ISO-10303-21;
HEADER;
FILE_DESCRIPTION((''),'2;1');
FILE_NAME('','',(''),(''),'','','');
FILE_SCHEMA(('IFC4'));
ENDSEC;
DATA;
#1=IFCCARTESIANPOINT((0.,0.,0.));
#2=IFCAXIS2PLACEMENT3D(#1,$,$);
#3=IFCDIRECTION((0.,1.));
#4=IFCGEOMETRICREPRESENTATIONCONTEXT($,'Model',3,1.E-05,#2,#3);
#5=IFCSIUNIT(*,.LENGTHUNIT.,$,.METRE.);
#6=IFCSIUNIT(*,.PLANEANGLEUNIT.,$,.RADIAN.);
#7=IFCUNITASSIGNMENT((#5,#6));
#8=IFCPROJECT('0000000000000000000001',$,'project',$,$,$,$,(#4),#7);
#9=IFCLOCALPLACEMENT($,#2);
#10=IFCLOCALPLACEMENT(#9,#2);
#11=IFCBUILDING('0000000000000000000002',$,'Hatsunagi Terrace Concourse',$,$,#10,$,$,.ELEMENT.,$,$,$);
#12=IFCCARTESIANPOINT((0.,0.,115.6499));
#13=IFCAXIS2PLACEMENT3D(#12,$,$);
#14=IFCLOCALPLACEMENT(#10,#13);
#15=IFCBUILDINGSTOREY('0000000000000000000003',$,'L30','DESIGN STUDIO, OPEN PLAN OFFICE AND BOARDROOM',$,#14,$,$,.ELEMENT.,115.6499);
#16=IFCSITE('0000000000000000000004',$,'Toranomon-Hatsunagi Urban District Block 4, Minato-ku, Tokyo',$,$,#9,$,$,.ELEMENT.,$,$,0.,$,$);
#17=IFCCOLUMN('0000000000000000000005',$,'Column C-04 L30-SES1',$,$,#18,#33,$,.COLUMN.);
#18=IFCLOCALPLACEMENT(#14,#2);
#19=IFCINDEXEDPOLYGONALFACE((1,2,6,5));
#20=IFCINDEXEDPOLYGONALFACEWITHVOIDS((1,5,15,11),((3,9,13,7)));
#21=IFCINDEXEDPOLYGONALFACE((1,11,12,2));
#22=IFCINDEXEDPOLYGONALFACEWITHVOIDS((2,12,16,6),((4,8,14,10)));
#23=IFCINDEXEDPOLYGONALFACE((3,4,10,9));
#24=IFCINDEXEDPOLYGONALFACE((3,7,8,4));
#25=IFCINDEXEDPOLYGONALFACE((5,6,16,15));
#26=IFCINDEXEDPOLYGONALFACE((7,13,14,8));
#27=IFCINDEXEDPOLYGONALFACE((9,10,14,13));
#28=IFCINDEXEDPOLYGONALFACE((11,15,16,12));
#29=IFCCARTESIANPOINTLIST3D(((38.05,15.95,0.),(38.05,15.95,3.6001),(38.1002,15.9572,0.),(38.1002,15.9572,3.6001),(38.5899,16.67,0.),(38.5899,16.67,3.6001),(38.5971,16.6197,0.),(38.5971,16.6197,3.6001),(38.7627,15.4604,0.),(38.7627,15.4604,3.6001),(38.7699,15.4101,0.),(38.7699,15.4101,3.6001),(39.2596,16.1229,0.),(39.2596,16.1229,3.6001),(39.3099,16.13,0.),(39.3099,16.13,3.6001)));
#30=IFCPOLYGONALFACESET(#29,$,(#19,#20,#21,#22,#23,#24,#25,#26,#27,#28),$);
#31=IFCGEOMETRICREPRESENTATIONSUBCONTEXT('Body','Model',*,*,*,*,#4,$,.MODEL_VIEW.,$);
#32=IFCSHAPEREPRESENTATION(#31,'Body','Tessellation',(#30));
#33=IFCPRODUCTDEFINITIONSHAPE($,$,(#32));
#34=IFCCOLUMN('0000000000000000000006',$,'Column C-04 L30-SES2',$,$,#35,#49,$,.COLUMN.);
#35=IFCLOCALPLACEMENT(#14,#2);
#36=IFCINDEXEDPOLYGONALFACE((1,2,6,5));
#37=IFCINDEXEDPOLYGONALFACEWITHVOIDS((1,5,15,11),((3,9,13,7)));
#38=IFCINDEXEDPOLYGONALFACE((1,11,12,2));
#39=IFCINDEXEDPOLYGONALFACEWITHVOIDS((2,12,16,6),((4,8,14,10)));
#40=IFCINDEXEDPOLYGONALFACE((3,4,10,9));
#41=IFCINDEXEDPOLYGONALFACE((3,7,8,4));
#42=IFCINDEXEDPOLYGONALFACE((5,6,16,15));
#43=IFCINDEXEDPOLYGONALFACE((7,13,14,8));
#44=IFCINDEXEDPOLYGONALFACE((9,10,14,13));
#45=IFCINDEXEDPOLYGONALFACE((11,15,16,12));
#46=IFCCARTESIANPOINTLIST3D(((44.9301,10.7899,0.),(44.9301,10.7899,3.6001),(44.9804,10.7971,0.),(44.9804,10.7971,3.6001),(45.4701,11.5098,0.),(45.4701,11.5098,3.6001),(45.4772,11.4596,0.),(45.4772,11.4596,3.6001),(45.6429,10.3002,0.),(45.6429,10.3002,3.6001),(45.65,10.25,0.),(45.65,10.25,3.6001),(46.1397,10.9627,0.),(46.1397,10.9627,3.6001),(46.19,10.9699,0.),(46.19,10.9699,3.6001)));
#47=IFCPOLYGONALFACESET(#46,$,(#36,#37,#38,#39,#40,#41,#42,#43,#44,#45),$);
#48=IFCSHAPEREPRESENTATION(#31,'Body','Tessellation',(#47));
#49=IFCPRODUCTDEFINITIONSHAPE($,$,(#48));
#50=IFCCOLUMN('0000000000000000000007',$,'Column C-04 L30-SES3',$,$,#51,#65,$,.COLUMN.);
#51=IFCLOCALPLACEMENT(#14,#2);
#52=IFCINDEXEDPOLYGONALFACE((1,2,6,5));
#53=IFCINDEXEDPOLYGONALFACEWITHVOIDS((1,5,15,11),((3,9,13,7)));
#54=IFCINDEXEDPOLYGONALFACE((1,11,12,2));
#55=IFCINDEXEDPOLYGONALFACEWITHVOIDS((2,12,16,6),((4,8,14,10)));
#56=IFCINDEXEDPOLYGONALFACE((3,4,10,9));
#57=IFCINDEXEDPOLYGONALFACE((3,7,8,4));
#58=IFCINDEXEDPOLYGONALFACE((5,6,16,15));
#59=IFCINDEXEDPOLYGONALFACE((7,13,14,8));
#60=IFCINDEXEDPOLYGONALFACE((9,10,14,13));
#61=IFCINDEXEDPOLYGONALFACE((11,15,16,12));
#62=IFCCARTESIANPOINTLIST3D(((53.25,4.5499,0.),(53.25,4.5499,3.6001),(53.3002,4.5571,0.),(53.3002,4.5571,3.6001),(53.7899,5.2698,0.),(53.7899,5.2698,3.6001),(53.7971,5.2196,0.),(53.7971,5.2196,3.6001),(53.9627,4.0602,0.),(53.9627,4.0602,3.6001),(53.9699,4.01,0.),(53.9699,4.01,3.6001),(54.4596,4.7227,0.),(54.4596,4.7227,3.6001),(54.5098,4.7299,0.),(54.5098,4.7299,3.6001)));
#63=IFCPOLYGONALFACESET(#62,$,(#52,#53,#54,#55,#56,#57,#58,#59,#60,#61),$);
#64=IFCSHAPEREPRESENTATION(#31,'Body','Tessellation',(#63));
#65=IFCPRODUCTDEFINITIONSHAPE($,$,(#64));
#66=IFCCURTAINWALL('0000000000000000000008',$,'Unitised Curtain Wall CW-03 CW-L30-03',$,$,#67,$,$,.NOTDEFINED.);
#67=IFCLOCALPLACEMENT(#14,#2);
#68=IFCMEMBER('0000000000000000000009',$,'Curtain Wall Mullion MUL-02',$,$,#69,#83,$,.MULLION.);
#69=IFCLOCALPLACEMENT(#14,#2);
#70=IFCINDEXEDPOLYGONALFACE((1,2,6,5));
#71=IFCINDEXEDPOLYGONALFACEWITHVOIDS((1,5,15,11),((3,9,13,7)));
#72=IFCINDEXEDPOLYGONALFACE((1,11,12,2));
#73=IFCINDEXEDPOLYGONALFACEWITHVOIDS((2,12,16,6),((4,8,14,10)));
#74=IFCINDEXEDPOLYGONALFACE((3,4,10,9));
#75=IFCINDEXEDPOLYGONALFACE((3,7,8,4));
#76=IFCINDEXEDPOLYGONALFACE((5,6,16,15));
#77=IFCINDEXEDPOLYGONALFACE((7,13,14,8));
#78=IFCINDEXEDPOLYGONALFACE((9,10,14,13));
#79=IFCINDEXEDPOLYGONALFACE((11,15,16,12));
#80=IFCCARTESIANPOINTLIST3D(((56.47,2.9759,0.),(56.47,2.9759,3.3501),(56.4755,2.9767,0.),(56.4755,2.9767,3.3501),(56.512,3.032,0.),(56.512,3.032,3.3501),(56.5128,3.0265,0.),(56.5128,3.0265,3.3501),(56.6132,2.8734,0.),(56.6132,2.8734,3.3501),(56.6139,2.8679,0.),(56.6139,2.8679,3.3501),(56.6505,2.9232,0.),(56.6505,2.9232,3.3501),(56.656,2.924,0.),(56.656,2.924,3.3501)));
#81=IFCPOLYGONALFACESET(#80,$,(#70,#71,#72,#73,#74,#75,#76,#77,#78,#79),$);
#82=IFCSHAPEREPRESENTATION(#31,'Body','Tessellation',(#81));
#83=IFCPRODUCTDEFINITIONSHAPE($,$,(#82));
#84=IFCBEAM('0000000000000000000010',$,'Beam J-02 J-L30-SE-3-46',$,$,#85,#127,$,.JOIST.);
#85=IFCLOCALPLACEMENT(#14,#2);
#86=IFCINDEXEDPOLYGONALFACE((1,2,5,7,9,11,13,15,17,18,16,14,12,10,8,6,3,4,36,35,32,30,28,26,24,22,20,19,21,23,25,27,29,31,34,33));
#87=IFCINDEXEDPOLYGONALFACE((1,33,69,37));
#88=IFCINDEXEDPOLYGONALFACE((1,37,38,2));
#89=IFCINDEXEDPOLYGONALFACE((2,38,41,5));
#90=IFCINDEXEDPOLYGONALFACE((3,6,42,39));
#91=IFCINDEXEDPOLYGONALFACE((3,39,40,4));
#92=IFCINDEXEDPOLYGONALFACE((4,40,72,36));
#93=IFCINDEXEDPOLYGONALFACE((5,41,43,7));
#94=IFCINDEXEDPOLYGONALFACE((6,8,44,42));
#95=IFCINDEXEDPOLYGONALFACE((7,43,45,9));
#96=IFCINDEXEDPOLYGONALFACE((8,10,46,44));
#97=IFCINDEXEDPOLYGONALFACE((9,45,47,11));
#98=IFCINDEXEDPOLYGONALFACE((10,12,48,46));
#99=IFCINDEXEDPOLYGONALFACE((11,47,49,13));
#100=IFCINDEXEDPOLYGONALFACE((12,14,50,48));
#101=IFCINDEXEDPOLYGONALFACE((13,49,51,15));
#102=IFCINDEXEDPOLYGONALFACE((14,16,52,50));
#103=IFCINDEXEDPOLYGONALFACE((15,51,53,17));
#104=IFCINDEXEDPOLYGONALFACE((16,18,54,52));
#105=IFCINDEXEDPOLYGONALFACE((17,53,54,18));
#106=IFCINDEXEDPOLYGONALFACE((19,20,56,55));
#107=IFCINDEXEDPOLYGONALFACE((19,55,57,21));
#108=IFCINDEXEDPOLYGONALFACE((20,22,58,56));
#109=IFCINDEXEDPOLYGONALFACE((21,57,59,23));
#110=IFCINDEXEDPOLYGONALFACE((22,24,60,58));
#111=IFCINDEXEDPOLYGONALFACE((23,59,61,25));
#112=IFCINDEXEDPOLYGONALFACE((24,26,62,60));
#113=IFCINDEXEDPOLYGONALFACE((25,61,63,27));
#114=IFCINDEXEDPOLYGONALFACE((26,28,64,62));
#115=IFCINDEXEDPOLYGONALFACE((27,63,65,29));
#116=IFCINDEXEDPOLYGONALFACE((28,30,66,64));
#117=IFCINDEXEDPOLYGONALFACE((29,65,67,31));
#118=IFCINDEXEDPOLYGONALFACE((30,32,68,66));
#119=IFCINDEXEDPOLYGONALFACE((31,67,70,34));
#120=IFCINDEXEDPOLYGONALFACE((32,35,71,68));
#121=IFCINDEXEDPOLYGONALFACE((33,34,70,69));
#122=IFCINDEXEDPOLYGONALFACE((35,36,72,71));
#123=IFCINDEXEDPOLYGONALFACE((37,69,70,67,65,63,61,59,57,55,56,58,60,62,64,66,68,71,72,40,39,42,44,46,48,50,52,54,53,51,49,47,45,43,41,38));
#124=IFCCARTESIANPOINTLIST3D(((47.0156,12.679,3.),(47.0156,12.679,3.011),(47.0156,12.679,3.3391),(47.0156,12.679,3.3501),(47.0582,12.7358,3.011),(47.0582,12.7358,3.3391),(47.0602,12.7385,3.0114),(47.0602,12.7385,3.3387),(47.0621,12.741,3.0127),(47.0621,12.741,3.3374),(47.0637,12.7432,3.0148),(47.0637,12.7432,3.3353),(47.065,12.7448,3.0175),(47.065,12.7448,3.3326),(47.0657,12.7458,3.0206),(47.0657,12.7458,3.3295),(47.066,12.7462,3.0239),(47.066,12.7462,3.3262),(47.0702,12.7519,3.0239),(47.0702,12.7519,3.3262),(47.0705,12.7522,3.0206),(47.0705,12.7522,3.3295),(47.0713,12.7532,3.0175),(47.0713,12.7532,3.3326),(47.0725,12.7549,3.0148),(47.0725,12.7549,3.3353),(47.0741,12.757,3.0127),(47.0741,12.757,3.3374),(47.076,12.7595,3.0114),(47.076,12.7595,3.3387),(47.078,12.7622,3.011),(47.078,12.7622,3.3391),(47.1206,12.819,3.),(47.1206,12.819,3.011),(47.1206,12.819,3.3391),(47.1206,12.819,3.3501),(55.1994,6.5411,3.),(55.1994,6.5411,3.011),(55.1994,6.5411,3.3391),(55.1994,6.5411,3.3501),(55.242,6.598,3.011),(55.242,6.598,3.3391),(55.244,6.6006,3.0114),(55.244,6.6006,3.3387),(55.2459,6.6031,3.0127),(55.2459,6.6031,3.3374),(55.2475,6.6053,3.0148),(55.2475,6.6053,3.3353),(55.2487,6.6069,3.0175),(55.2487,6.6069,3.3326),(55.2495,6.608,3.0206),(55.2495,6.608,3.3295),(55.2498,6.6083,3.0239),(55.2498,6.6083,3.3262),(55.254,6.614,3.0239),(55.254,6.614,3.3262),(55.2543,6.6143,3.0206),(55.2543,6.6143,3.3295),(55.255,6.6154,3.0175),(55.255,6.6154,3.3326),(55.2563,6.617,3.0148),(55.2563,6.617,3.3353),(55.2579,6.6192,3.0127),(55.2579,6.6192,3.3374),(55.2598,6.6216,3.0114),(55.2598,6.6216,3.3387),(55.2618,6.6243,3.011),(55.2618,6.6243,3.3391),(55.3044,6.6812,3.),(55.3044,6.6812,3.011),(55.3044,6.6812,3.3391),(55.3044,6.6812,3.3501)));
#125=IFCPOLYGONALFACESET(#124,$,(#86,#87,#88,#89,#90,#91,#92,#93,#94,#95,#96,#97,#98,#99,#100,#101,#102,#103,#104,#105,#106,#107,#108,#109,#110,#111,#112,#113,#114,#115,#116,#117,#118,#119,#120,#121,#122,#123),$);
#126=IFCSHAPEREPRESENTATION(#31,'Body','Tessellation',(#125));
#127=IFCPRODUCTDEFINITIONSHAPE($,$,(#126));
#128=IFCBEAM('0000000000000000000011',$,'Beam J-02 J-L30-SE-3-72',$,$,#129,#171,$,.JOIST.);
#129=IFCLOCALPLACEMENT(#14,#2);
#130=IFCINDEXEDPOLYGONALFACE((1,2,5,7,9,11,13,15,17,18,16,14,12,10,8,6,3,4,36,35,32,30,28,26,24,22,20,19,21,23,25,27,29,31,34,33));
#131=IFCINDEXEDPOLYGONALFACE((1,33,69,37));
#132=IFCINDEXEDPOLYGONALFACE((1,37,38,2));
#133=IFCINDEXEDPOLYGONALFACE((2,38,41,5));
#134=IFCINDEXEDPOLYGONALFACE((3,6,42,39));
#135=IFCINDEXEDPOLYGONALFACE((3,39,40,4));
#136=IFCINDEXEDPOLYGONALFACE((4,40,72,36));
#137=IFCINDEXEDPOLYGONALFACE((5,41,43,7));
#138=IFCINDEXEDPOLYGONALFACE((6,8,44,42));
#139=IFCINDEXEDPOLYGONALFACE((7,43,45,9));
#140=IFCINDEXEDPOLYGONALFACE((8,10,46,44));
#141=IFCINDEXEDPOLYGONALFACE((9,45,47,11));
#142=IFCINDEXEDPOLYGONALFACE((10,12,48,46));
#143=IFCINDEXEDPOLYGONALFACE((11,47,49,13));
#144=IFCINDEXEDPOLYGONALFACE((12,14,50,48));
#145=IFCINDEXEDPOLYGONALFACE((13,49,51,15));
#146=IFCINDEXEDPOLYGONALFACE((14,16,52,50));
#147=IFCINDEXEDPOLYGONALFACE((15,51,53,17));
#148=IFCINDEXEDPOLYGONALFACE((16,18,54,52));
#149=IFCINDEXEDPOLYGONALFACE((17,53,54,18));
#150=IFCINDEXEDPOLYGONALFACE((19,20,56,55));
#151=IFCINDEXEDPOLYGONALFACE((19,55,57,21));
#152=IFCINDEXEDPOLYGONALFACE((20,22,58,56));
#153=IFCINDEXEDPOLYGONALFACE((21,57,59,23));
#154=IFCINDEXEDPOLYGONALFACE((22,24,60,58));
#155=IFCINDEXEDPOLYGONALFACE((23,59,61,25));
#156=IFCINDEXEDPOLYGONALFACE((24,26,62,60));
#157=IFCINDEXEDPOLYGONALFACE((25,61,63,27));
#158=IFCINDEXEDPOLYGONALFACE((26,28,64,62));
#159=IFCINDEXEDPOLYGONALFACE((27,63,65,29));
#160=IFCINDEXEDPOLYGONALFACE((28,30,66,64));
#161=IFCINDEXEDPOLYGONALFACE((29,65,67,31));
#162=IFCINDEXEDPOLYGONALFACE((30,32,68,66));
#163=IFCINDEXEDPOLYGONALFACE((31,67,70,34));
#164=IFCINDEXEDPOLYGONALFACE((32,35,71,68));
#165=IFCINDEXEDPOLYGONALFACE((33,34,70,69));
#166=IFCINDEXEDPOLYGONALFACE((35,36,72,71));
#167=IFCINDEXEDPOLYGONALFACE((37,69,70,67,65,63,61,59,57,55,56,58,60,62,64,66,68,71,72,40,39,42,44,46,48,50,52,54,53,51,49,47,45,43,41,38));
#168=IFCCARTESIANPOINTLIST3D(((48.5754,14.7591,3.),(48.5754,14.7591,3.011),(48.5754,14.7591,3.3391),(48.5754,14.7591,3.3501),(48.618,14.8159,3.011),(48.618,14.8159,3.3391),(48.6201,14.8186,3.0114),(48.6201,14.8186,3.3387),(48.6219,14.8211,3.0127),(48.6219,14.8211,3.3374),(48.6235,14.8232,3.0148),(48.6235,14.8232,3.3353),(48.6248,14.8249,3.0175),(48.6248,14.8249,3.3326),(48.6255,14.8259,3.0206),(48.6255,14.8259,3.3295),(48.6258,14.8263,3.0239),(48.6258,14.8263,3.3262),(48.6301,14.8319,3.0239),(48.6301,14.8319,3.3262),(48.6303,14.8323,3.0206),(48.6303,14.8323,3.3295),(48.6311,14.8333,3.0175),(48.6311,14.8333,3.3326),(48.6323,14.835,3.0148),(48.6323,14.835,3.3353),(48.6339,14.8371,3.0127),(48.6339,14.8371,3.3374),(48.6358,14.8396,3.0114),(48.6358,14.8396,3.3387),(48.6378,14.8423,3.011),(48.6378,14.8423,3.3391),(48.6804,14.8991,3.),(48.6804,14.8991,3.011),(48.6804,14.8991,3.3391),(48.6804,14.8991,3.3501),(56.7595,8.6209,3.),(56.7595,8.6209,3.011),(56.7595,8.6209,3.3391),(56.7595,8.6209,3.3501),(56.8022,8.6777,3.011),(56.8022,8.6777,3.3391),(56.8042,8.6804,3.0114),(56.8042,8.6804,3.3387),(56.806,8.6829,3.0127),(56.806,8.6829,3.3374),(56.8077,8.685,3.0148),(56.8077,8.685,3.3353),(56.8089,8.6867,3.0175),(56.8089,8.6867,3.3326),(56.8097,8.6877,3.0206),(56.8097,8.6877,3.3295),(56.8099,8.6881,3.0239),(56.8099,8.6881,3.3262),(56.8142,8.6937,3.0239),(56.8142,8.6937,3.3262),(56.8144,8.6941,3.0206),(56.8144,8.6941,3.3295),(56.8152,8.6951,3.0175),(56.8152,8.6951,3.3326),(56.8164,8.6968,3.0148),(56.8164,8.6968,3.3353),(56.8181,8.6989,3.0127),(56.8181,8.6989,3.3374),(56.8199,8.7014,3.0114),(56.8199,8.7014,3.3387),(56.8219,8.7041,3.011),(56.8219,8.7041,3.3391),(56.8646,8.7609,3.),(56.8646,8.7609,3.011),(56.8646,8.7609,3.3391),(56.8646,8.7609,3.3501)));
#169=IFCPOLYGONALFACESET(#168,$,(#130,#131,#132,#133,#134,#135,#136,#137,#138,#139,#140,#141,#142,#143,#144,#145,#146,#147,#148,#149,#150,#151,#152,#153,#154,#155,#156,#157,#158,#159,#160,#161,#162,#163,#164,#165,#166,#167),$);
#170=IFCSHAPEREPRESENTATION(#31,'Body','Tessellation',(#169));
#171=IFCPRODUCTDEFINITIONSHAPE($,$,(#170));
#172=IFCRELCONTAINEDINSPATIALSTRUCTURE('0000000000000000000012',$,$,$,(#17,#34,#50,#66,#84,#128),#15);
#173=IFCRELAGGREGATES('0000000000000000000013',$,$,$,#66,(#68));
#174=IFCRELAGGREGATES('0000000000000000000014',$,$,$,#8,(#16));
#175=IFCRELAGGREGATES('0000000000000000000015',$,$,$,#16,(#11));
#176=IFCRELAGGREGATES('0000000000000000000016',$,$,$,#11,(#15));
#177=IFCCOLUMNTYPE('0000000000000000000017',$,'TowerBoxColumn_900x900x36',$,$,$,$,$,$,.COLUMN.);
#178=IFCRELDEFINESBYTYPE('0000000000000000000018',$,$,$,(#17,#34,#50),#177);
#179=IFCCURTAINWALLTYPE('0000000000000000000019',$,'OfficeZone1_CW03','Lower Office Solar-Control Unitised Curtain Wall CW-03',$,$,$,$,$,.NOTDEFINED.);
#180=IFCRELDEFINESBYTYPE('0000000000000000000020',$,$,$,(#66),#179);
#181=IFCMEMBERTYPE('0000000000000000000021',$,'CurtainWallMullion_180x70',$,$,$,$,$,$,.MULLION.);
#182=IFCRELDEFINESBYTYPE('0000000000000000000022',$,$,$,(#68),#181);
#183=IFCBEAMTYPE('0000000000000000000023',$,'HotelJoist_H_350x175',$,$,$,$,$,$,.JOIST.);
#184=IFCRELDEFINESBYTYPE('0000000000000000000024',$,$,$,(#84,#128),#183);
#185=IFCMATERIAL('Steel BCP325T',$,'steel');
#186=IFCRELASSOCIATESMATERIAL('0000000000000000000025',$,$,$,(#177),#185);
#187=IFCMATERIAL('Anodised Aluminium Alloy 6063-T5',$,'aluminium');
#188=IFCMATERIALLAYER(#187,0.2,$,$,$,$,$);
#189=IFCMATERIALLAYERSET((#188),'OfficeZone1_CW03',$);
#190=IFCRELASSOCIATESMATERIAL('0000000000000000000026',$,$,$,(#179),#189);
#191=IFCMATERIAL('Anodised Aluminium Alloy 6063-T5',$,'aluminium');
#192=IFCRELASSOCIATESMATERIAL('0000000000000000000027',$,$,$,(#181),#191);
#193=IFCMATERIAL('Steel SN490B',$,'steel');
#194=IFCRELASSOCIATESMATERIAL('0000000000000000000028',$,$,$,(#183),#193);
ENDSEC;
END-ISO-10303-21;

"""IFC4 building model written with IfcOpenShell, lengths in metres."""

from ifc_helpers import new_model, si_unit, direction, frame, origin, origin_2d, place, context, subcontext, project, spatial, hollow_rectangle, i_section, extrude, material, layer, layer_set, material_profile, profile_set, type_object, element, aggregate, save


model = new_model("IFC4")

# Units and contexts
model_context = context("Model", 3, precision=1e-05, world=origin(), true_north=direction((0.0, 1.0)))
body_context = subcontext(model_context, "Body", "Model", "MODEL_VIEW")
ifc_project = project(units=[si_unit("LENGTHUNIT", "METRE"), si_unit("PLANEANGLEUNIT", "RADIAN")], contexts=[model_context])

# Site, building, storey
site_placement = place(None, origin())
site = spatial("IfcSite", under=ifc_project, at=site_placement, Name="Toranomon-Hatsunagi Urban District Block 4, Minato-ku, Tokyo", CompositionType="ELEMENT", RefElevation=0.0)
building_placement = place(site_placement, origin())
building = spatial("IfcBuilding", under=site, at=building_placement, Name="Hatsunagi Terrace Concourse", CompositionType="ELEMENT")
storey_placement = place(building_placement, frame((0.0, 0.0, 115.6499)))
storey = spatial("IfcBuildingStorey", under=building, at=storey_placement, Name="L30", Description="DESIGN STUDIO, OPEN PLAN OFFICE AND BOARDROOM", CompositionType="ELEMENT", Elevation=115.6499)

# Columns
ifc_material_1 = material(Name="Steel BCP325T", Category="steel")
ifc_material_profile_1 = material_profile(ifc_material_1, hollow_rectangle(XDim=0.8999, YDim=0.8999, WallThickness=0.0359, at=origin_2d()), Name="BCP-900x900x36")
ifc_profile_set_1 = profile_set([ifc_material_profile_1], Name="Steel BCP325T")
column_type = type_object("IfcColumnType", Name="TowerBoxColumn_900x900x36", PredefinedType="COLUMN", material=ifc_profile_set_1)
for number, where, z_axis, x_axis, name in (
    (1, (38.6799, 16.04, 0.0), (0.0, 0.0, 1.0), (0.8, -0.6, 0.0), "Column C-04 L30-SES1"),
    (2, (45.5601, 10.8799, 0.0), (0.0, 0.0, 1.0), (0.8, -0.6, 0.0), "Column C-04 L30-SES2"),
    (3, (53.8799, 4.6399, 0.0), (0.0, 0.0, 1.0), (0.8, -0.6, 0.0), "Column C-04 L30-SES3"),
):
    element("IfcColumn", number, at=place(storey_placement, frame(where, z_axis=z_axis, x_axis=x_axis)), inside=storey, type_object=column_type, Name=name, PredefinedType="COLUMN", context=body_context, shape_type="SweptSolid", body=[
        extrude(hollow_rectangle(XDim=0.8999, YDim=0.8999, WallThickness=0.0359, at=origin_2d()), origin(), (0.0, 0.0, 1.0), 3.6001),
    ])

# Curtain wall, member
ifc_material_2 = material(Name="Anodised Aluminium Alloy 6063-T5", Category="aluminium")
ifc_layer_1 = layer(ifc_material_2, 0.2)
ifc_layer_set_1 = layer_set([ifc_layer_1], Name="OfficeZone1_CW03")
curtain_wall_type = type_object("IfcCurtainWallType", Name="OfficeZone1_CW03", Description="Lower Office Solar-Control Unitised Curtain Wall CW-03", PredefinedType="NOTDEFINED", material=ifc_layer_set_1)
curtain_wall_placement = place(storey_placement, origin())
curtain_wall = element("IfcCurtainWall", 4, at=curtain_wall_placement, inside=storey, type_object=curtain_wall_type, Name="Unitised Curtain Wall CW-03 CW-L30-03", PredefinedType="NOTDEFINED")
ifc_material_3 = material(Name="Anodised Aluminium Alloy 6063-T5", Category="aluminium")
ifc_material_profile_2 = material_profile(ifc_material_3, hollow_rectangle(XDim=0.0701, YDim=0.1799, WallThickness=0.0039, at=origin_2d()), Name="ALU-MUL-180x70x4")
ifc_profile_set_2 = profile_set([ifc_material_profile_2], Name="Anodised Aluminium Alloy 6063-T5")
member_type = type_object("IfcMemberType", Name="CurtainWallMullion_180x70", PredefinedType="MULLION", material=ifc_profile_set_2)
member_placement = place(storey_placement, frame((56.563, 2.95, 0.0), z_axis=(0.0, 0.0, 1.0), x_axis=(-0.599969, -0.800023, 0.0)))
member = element("IfcMember", 5, at=member_placement, type_object=member_type, Name="Curtain Wall Mullion MUL-02", PredefinedType="MULLION", context=body_context, shape_type="SweptSolid", body=[
    extrude(hollow_rectangle(XDim=0.0701, YDim=0.1799, WallThickness=0.0039, at=origin_2d()), origin(), (0.0, 0.0, 1.0), 3.3501),
])
aggregate(curtain_wall, [member])

# Beams
ifc_material_4 = material(Name="Steel SN490B", Category="steel")
ifc_material_profile_3 = material_profile(ifc_material_4, i_section(OverallWidth=0.175, OverallDepth=0.3501, WebThickness=0.0071, FlangeThickness=0.011, FilletRadius=0.0129, at=origin_2d()), Name="H-350x175x7x11")
ifc_profile_set_3 = profile_set([ifc_material_profile_3], Name="Steel SN490B")
beam_type_1 = type_object("IfcBeamType", Name="HotelJoist_H_350x175", PredefinedType="JOIST", material=ifc_profile_set_3)
beam_1_placement = place(storey_placement, frame((47.0681, 12.749, 3.175), z_axis=(0.799997, -0.600004, 0.0), x_axis=(0.600004, 0.799997, 0.0)))
element("IfcBeam", 6, at=beam_1_placement, inside=storey, type_object=beam_type_1, Name="Beam J-02 J-L30-SE-3-46", PredefinedType="JOIST", context=body_context, shape_type="SweptSolid", body=[
    extrude(i_section(OverallWidth=0.175, OverallDepth=0.3501, WebThickness=0.0071, FlangeThickness=0.011, FilletRadius=0.0129, at=origin_2d()), origin(), (0.0, 0.0, 1.0), 10.2297),
])
beam_2_placement = place(storey_placement, frame((48.6279, 14.8291, 3.175), z_axis=(0.799994, -0.600008, 0.0), x_axis=(0.600008, 0.799994, 0.0)))
element("IfcBeam", 7, at=beam_2_placement, inside=storey, type_object=beam_type_1, Name="Beam J-02 J-L30-SE-3-72", PredefinedType="JOIST", context=body_context, shape_type="SweptSolid", body=[
    extrude(i_section(OverallWidth=0.175, OverallDepth=0.3501, WebThickness=0.0071, FlangeThickness=0.011, FilletRadius=0.0129, at=origin_2d()), origin(), (0.0, 0.0, 1.0), 10.2302),
])

save(model, "model.ifc")
